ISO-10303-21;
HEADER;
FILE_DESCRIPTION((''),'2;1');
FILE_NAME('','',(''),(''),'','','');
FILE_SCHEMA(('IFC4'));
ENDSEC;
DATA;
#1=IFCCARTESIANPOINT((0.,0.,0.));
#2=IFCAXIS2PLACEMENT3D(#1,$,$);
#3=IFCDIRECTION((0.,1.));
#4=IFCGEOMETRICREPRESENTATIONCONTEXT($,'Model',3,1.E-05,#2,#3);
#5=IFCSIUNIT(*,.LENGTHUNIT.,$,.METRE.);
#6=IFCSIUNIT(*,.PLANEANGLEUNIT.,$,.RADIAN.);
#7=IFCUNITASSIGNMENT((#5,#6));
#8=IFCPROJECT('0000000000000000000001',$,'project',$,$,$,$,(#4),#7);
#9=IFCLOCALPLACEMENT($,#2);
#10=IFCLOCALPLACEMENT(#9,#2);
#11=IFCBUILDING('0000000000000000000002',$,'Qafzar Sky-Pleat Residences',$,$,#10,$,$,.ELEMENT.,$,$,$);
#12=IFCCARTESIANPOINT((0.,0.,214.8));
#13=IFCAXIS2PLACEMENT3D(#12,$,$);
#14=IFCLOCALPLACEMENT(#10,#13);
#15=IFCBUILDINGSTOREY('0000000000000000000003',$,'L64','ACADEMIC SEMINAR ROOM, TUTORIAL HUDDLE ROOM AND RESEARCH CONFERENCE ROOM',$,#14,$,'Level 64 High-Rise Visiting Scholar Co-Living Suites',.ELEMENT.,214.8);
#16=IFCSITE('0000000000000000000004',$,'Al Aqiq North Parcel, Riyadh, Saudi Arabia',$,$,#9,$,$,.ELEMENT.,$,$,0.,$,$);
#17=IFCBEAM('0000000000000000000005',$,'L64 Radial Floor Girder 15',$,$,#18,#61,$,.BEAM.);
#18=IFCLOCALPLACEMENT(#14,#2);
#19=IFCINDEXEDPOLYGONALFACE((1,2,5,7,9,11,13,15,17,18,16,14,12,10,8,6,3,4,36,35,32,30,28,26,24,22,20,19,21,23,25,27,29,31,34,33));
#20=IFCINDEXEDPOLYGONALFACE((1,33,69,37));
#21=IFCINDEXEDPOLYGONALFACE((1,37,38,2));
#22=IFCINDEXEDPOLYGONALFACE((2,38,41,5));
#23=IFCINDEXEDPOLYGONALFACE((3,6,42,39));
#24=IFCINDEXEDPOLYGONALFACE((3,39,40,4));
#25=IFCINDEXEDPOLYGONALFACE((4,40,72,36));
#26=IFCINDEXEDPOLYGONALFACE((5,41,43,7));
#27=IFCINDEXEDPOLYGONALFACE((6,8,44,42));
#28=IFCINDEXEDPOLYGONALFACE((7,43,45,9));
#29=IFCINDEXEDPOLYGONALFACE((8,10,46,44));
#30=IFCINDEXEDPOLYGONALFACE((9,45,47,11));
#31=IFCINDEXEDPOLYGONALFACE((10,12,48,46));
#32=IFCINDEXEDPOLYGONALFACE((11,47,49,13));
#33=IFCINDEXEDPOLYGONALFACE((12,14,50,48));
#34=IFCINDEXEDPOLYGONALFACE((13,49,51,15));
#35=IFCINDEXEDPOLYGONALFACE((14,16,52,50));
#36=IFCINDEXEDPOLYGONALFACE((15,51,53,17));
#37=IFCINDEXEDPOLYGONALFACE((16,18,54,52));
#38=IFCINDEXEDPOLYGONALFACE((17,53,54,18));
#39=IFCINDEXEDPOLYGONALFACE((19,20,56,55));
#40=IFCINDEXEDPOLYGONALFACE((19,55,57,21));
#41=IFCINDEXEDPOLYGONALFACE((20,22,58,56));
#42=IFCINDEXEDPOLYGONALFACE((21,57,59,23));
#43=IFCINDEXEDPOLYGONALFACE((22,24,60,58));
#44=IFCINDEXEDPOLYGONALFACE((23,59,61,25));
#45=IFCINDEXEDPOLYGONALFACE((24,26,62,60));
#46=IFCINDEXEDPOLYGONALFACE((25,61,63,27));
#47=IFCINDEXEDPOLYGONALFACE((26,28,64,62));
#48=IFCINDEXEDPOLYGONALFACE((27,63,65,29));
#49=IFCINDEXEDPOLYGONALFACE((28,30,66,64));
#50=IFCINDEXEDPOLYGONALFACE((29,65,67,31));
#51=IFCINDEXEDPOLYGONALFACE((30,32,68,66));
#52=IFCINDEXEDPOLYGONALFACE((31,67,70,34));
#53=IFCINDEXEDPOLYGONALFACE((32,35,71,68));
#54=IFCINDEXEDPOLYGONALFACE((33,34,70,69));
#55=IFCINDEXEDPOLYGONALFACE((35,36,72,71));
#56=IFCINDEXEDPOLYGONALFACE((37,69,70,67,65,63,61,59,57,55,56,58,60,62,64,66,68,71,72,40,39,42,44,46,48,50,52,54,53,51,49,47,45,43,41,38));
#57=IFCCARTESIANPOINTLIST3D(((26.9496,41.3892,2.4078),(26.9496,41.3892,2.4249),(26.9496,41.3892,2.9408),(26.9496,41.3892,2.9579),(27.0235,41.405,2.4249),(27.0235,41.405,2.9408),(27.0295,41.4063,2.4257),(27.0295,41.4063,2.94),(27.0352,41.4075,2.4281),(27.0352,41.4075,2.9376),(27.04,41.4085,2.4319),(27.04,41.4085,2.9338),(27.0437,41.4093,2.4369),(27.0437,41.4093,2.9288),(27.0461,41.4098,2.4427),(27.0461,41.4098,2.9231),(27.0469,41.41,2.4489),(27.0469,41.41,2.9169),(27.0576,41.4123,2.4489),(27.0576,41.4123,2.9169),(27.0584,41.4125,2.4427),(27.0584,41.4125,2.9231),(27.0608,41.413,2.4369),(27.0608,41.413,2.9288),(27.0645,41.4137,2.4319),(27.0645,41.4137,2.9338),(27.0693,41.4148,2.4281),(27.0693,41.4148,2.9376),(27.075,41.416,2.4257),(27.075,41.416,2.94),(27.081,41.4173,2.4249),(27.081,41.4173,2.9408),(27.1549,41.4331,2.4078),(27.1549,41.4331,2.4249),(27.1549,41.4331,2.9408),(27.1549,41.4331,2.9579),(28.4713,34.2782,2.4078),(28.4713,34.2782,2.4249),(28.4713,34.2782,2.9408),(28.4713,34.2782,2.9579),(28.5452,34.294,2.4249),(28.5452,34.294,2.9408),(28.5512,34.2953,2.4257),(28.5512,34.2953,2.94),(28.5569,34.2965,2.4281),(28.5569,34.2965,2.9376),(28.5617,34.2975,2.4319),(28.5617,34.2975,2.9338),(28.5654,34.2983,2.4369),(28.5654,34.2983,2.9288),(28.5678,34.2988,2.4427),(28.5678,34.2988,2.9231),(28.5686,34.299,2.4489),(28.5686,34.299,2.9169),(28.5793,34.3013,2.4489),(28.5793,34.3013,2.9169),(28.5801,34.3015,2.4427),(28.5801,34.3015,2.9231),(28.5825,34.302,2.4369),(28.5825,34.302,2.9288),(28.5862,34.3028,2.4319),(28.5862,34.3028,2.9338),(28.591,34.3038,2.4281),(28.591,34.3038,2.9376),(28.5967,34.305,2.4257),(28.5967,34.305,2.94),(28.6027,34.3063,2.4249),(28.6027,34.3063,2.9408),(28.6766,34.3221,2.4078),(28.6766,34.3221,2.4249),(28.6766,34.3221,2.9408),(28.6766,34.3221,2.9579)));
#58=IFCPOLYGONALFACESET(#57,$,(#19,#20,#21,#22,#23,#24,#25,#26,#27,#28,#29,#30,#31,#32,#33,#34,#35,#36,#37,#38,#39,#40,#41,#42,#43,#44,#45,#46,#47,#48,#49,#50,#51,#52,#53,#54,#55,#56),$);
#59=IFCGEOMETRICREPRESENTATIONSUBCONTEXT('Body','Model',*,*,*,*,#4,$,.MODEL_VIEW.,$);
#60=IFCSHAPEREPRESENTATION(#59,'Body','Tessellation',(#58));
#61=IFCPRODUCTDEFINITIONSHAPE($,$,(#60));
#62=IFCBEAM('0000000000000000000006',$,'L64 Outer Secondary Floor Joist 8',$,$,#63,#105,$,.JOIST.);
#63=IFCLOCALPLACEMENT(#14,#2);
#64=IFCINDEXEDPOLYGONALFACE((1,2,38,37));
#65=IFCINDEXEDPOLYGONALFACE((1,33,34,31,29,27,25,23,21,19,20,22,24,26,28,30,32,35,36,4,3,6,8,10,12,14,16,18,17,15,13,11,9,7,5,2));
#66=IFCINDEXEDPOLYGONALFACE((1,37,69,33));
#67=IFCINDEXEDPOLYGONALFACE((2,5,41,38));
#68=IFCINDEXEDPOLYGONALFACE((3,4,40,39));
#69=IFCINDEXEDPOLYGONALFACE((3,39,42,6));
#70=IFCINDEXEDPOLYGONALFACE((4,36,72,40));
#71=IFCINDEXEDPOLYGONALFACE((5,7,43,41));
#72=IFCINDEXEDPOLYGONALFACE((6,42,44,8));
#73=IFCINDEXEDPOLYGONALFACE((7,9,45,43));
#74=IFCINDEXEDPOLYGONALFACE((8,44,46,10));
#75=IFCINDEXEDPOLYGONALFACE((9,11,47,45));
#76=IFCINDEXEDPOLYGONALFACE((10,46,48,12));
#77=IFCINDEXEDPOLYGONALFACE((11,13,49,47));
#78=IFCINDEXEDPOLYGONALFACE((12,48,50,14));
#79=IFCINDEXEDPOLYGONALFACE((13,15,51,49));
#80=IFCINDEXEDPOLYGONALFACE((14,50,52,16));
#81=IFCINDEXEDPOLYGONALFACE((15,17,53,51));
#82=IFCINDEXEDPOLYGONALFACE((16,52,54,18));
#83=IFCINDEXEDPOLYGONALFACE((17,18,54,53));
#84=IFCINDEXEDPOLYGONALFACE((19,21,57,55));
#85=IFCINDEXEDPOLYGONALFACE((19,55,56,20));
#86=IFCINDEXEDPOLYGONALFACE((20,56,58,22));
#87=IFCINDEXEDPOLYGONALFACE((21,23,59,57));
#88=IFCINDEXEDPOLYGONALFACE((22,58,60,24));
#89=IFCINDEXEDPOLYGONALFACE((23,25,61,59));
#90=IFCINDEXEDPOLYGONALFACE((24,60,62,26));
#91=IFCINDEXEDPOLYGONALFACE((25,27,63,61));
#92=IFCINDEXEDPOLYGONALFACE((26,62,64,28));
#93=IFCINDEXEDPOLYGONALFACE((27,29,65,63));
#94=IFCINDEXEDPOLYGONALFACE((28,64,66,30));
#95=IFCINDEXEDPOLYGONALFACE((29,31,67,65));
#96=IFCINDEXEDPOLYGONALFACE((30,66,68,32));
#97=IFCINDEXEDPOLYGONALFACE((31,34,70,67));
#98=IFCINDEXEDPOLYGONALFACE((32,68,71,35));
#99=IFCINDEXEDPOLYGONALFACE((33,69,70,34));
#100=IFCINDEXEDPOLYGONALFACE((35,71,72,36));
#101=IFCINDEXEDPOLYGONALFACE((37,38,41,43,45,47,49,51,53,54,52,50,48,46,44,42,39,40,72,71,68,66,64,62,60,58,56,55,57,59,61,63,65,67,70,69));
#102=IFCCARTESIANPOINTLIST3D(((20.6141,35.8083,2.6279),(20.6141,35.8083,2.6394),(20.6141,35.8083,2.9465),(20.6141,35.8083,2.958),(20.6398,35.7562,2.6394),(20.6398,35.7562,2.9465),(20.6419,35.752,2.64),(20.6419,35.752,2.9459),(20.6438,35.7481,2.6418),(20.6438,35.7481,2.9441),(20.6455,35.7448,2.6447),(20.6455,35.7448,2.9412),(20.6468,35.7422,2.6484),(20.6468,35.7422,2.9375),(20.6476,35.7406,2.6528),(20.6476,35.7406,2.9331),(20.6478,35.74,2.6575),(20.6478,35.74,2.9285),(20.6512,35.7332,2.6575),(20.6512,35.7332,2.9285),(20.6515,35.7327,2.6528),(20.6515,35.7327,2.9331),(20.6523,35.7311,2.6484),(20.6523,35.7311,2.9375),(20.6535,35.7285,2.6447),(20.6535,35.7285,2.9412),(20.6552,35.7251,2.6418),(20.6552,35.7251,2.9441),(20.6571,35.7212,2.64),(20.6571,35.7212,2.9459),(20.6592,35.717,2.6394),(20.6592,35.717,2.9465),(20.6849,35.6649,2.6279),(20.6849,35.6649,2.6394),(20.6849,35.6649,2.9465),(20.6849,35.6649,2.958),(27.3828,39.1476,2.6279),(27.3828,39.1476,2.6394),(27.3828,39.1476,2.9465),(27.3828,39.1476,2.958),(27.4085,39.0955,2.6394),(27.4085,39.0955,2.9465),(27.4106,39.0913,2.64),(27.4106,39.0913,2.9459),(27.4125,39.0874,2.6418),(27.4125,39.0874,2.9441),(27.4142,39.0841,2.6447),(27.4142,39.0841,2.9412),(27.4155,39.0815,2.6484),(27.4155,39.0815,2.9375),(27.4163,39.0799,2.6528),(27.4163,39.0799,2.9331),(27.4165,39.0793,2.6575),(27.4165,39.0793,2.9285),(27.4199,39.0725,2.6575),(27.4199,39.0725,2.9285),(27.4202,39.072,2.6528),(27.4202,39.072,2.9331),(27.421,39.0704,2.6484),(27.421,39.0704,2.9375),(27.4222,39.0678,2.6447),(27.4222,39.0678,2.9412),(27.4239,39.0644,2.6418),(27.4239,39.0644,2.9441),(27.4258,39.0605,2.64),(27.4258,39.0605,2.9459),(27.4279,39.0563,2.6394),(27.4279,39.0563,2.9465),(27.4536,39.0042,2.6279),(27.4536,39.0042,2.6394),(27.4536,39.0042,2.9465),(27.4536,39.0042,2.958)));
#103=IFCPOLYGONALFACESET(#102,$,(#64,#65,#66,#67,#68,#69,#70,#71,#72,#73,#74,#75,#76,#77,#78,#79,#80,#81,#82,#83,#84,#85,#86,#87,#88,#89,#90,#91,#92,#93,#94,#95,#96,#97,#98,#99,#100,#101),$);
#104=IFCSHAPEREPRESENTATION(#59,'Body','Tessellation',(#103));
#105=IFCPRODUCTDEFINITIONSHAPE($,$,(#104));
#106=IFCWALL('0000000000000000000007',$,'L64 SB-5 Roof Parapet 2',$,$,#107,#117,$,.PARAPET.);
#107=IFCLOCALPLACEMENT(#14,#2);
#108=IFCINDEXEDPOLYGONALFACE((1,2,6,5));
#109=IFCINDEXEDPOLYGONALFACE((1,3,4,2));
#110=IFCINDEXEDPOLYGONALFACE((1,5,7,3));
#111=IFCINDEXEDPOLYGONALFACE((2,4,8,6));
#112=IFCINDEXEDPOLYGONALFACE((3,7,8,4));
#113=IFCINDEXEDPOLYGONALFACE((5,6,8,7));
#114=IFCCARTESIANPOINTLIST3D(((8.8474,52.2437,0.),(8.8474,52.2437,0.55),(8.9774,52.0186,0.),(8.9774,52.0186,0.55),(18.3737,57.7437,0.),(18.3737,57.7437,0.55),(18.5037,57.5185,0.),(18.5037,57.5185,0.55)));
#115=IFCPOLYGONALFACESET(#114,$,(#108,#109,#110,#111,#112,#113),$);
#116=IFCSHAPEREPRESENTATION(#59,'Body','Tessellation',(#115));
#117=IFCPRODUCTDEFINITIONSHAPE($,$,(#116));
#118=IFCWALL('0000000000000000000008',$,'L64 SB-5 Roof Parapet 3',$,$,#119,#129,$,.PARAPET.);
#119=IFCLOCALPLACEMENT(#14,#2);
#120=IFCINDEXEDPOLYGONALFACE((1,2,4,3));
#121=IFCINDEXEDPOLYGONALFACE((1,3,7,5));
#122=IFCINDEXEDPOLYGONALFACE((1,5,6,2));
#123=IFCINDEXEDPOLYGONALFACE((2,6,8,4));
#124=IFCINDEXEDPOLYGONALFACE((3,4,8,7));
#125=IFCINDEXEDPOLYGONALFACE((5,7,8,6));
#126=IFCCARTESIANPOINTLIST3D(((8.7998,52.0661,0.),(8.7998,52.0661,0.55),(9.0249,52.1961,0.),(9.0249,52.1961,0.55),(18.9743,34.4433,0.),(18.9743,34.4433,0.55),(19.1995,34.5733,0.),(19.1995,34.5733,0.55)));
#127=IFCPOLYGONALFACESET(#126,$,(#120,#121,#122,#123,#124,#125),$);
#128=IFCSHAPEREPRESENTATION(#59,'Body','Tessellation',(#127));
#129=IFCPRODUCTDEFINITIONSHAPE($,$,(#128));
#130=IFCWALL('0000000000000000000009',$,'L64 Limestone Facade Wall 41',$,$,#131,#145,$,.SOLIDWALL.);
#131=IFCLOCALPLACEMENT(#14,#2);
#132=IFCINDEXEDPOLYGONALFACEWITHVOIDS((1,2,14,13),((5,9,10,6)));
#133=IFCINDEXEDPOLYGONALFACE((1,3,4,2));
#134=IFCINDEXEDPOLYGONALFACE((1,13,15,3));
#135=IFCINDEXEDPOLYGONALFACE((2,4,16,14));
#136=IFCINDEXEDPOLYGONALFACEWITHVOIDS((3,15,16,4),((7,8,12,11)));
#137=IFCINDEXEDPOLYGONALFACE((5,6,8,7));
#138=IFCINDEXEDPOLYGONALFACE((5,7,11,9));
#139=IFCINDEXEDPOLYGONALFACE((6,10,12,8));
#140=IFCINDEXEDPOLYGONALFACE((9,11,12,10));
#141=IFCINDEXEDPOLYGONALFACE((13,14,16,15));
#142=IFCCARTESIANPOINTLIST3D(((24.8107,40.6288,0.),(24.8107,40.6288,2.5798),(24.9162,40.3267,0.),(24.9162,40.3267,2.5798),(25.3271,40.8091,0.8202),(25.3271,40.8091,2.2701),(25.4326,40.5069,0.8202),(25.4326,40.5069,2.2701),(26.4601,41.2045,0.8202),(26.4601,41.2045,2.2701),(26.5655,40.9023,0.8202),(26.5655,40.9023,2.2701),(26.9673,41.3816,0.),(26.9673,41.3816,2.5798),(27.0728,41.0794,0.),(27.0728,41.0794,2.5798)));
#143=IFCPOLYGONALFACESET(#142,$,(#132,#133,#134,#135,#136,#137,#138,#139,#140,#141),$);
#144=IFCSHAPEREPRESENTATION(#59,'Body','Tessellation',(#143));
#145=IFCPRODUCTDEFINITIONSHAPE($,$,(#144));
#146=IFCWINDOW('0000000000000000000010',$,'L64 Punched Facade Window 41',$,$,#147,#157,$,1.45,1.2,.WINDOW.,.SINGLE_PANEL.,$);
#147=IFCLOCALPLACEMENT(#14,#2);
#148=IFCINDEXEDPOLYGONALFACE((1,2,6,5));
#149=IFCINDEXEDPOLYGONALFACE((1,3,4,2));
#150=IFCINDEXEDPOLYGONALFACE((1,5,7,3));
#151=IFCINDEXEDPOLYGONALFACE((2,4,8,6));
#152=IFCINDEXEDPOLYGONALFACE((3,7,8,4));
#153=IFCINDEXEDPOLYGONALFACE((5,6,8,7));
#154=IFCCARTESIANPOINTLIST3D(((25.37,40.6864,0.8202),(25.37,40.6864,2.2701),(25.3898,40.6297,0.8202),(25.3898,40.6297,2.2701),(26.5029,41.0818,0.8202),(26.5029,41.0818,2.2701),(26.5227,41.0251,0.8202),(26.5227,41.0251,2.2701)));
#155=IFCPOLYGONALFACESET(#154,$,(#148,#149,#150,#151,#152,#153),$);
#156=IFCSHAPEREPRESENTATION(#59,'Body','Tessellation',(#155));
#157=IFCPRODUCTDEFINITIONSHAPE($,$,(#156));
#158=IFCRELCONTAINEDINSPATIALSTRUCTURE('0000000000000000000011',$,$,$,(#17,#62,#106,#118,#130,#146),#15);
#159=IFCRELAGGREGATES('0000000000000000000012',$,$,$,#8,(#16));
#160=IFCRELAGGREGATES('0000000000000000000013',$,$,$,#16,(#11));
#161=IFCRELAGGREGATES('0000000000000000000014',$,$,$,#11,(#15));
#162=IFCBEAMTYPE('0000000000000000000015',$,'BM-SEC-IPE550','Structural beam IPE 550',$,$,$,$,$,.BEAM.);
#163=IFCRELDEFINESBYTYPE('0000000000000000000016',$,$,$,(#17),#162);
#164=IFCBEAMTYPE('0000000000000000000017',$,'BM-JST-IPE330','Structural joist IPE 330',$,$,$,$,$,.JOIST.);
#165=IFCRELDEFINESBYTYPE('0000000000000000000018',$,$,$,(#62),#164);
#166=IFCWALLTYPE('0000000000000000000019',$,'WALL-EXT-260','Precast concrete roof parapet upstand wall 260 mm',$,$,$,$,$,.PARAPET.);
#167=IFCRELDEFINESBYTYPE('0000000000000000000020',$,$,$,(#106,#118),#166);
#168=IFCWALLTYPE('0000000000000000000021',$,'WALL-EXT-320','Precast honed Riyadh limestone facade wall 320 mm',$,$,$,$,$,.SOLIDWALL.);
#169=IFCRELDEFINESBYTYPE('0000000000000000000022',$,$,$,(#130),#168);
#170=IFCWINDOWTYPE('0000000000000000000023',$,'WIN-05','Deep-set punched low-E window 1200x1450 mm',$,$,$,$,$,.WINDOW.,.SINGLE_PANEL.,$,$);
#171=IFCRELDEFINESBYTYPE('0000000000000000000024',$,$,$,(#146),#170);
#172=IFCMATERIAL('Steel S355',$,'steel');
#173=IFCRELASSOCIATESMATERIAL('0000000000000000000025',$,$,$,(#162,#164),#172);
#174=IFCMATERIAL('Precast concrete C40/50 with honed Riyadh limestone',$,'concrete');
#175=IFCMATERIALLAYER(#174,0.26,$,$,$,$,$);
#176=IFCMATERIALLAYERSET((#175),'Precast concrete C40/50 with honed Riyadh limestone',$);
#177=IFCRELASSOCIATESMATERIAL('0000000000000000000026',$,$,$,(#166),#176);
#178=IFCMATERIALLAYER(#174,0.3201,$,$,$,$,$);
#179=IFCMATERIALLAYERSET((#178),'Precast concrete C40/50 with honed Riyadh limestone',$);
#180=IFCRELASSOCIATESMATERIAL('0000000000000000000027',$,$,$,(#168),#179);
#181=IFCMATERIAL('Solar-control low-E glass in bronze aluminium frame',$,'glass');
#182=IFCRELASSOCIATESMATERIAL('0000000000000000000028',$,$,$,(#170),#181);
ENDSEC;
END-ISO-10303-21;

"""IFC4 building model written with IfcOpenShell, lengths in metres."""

from ifc_helpers import new_model, si_unit, direction, frame, frame_2d, origin, origin_2d, place, context, subcontext, project, spatial, rectangle, i_section, extrude, source, transform, mapped, material, layer, layer_set, material_profile, profile_set, type_object, element, fill, save


model = new_model("IFC4")

# Units and contexts
model_context = context("Model", 3, precision=1e-05, world=origin(), true_north=direction((0.0, 1.0)))
body_context = subcontext(model_context, "Body", "Model", "MODEL_VIEW")
ifc_project = project(units=[si_unit("LENGTHUNIT", "METRE"), si_unit("PLANEANGLEUNIT", "RADIAN")], contexts=[model_context])

# Site, building, storey
site_placement = place(None, origin())
site = spatial("IfcSite", under=ifc_project, at=site_placement, Name="Al Aqiq North Parcel, Riyadh, Saudi Arabia", CompositionType="ELEMENT", RefElevation=0.0)
building_placement = place(site_placement, origin())
building = spatial("IfcBuilding", under=site, at=building_placement, Name="Qafzar Sky-Pleat Residences", CompositionType="ELEMENT")
storey_placement = place(building_placement, frame((0.0, 0.0, 214.8)))
storey = spatial("IfcBuildingStorey", under=building, at=storey_placement, Name="L64", Description="ACADEMIC SEMINAR ROOM, TUTORIAL HUDDLE ROOM AND RESEARCH CONFERENCE ROOM", LongName="Level 64 High-Rise Visiting Scholar Co-Living Suites", CompositionType="ELEMENT", Elevation=214.8)

# Shared definitions
ifc_material_1 = material(Name="Steel S355", Category="steel")

# Beams
ifc_material_profile_1 = material_profile(ifc_material_1, i_section(OverallWidth=0.21, OverallDepth=0.55, WebThickness=0.011, FlangeThickness=0.0171, FilletRadius=0.0239, at=origin_2d()), Name="IPE 550")
ifc_profile_set_1 = profile_set([ifc_material_profile_1], Name="Steel S355")
beam_type_1 = type_object("IfcBeamType", Name="BM-SEC-IPE550", Description="Structural beam IPE 550", PredefinedType="BEAM", material=ifc_profile_set_1)
shared_shape_1 = source(origin(), body_context, "Body", "SweptSolid", [
    extrude(i_section(OverallWidth=0.21, OverallDepth=0.55, WebThickness=0.011, FlangeThickness=0.0171, FilletRadius=0.0239, at=origin_2d()), origin(), (0.0, 0.0, 1.0), 7.272),
])
beam_1_placement = place(storey_placement, frame((27.0522, 41.4111, 2.6829), z_axis=(0.209256, -0.977861, 0.0), x_axis=(0.977861, 0.209256, 0.0)))
element("IfcBeam", 1, at=beam_1_placement, inside=storey, type_object=beam_type_1, Name="L64 Radial Floor Girder 15", PredefinedType="BEAM", context=body_context, shape_type="MappedRepresentation", body=[
    mapped(shared_shape_1, transform((0.0, 0.0, 0.0), x_axis=(1.0, 0.0, 0.0), y_axis=(0.0, 1.0, 0.0), z_axis=(0.0, 0.0, 1.0), scale=1.0)),
])
ifc_material_profile_2 = material_profile(ifc_material_1, i_section(OverallWidth=0.1599, OverallDepth=0.3301, WebThickness=0.0076, FlangeThickness=0.0115, FilletRadius=0.0181, at=origin_2d()), Name="IPE 330")
ifc_profile_set_2 = profile_set([ifc_material_profile_2], Name="Steel S355")
beam_type_2 = type_object("IfcBeamType", Name="BM-JST-IPE330", Description="Structural joist IPE 330", PredefinedType="JOIST", material=ifc_profile_set_2)
shared_shape_2 = source(origin(), body_context, "Body", "SweptSolid", [
    extrude(i_section(OverallWidth=0.1599, OverallDepth=0.3301, WebThickness=0.0076, FlangeThickness=0.0115, FilletRadius=0.0181, at=origin_2d()), origin(), (0.0, 0.0, 1.0), 7.5476),
])
beam_2_placement = place(storey_placement, frame((27.4182, 39.0759, 2.793), z_axis=(-0.896802, -0.442433, 0.0), x_axis=(0.442433, -0.896802, 0.0)))
element("IfcBeam", 2, at=beam_2_placement, inside=storey, type_object=beam_type_2, Name="L64 Outer Secondary Floor Joist 8", PredefinedType="JOIST", context=body_context, shape_type="MappedRepresentation", body=[
    mapped(shared_shape_2, transform((0.0, 0.0, 0.0), x_axis=(1.0, 0.0, 0.0), y_axis=(0.0, 1.0, 0.0), z_axis=(0.0, 0.0, 1.0), scale=1.0)),
])

# Walls
ifc_material_2 = material(Name="Precast concrete C40/50 with honed Riyadh limestone", Category="concrete")
ifc_layer_1 = layer(ifc_material_2, 0.26)
ifc_layer_set_1 = layer_set([ifc_layer_1], Name="Precast concrete C40/50 with honed Riyadh limestone")
wall_type_1 = type_object("IfcWallType", Name="WALL-EXT-260", Description="Precast concrete roof parapet upstand wall 260 mm", PredefinedType="PARAPET", material=ifc_layer_set_1)
wall_1_placement = place(storey_placement, frame((18.4387, 57.6311, 0.0), z_axis=(0.0, 0.0, 1.0), x_axis=(-0.866027, -0.499997, 0.0)))
element("IfcWall", 3, at=wall_1_placement, inside=storey, type_object=wall_type_1, Name="L64 SB-5 Roof Parapet 2", PredefinedType="PARAPET", context=body_context, shape_type="SweptSolid", body=[
    extrude(rectangle(XDim=11.0, YDim=0.26, at=frame_2d((5.5, 0.0))), origin(), (0.0, 0.0, 1.0), 0.55),
])
wall_2_placement = place(storey_placement, frame((8.9124, 52.1311, 0.0), z_axis=(0.0, 0.0, 1.0), x_axis=(0.500001, -0.866025, 0.0)))
element("IfcWall", 4, at=wall_2_placement, inside=storey, type_object=wall_type_1, Name="L64 SB-5 Roof Parapet 3", PredefinedType="PARAPET", context=body_context, shape_type="SweptSolid", body=[
    extrude(rectangle(XDim=20.3491, YDim=0.26, at=frame_2d((10.1746, 0.0))), origin(), (0.0, 0.0, 1.0), 0.55),
])

# Wall, opening, window
ifc_layer_2 = layer(ifc_material_2, 0.3201)
ifc_layer_set_2 = layer_set([ifc_layer_2], Name="Precast concrete C40/50 with honed Riyadh limestone")
wall_type_2 = type_object("IfcWallType", Name="WALL-EXT-320", Description="Precast honed Riyadh limestone facade wall 320 mm", PredefinedType="SOLIDWALL", material=ifc_layer_set_2)
wall_3_placement = place(storey_placement, frame((27.02, 41.2305, 0.0), z_axis=(0.0, 0.0, 1.0), x_axis=(-0.944143, -0.329536, 0.0)))
wall_3 = element("IfcWall", 5, at=wall_3_placement, inside=storey, type_object=wall_type_2, Name="L64 Limestone Facade Wall 41", PredefinedType="SOLIDWALL", context=body_context, shape_type="SweptSolid", body=[
    extrude(rectangle(XDim=2.2842, YDim=0.3201, at=frame_2d((1.1421, 0.0))), origin(), (0.0, 0.0, 1.0), 2.5798),
])
opening_1_placement = place(wall_3_placement, frame((0.5371, 0.0, 0.8201)))
opening_1 = element("IfcOpeningElement", 6, at=opening_1_placement, cuts=wall_3, PredefinedType="OPENING", context=body_context, shape_type="SweptSolid", body=[
    extrude(rectangle(XDim=1.2, YDim=1.45, at=frame_2d((0.6001, 0.7251))), frame((0.0, 0.1699, 0.0), z_axis=(0.0, -1.0, 0.0), x_axis=(1.0, 0.0, 0.0)), (0.0, 0.0, 1.0), 0.3401),
])
ifc_material_3 = material(Name="Solar-control low-E glass in bronze aluminium frame", Category="glass")
window_type_1 = type_object("IfcWindowType", Name="WIN-05", Description="Deep-set punched low-E window 1200x1450 mm", PartitioningType="SINGLE_PANEL", PredefinedType="WINDOW", material=ifc_material_3)
shared_shape_3 = source(origin(), body_context, "Body", "SweptSolid", [
    extrude(rectangle(XDim=1.2, YDim=1.45, at=frame_2d((0.6001, 0.7251))), frame((0.0, 0.03, 0.0), z_axis=(0.0, -1.0, 0.0), x_axis=(1.0, 0.0, 0.0)), (0.0, 0.0, 1.0), 0.0601),
])
window_1_placement = place(opening_1_placement, origin())
window_1 = element("IfcWindow", 7, at=window_1_placement, inside=storey, type_object=window_type_1, Name="L64 Punched Facade Window 41", OverallHeight=1.45, OverallWidth=1.2, PartitioningType="SINGLE_PANEL", PredefinedType="WINDOW", context=body_context, shape_type="MappedRepresentation", body=[
    mapped(shared_shape_3, transform((0.0, 0.0, 0.0), x_axis=(1.0, 0.0, 0.0), y_axis=(0.0, 1.0, 0.0), z_axis=(0.0, 0.0, 1.0), scale=1.0)),
])
fill(opening_1, window_1)

save(model, "model.ifc")
